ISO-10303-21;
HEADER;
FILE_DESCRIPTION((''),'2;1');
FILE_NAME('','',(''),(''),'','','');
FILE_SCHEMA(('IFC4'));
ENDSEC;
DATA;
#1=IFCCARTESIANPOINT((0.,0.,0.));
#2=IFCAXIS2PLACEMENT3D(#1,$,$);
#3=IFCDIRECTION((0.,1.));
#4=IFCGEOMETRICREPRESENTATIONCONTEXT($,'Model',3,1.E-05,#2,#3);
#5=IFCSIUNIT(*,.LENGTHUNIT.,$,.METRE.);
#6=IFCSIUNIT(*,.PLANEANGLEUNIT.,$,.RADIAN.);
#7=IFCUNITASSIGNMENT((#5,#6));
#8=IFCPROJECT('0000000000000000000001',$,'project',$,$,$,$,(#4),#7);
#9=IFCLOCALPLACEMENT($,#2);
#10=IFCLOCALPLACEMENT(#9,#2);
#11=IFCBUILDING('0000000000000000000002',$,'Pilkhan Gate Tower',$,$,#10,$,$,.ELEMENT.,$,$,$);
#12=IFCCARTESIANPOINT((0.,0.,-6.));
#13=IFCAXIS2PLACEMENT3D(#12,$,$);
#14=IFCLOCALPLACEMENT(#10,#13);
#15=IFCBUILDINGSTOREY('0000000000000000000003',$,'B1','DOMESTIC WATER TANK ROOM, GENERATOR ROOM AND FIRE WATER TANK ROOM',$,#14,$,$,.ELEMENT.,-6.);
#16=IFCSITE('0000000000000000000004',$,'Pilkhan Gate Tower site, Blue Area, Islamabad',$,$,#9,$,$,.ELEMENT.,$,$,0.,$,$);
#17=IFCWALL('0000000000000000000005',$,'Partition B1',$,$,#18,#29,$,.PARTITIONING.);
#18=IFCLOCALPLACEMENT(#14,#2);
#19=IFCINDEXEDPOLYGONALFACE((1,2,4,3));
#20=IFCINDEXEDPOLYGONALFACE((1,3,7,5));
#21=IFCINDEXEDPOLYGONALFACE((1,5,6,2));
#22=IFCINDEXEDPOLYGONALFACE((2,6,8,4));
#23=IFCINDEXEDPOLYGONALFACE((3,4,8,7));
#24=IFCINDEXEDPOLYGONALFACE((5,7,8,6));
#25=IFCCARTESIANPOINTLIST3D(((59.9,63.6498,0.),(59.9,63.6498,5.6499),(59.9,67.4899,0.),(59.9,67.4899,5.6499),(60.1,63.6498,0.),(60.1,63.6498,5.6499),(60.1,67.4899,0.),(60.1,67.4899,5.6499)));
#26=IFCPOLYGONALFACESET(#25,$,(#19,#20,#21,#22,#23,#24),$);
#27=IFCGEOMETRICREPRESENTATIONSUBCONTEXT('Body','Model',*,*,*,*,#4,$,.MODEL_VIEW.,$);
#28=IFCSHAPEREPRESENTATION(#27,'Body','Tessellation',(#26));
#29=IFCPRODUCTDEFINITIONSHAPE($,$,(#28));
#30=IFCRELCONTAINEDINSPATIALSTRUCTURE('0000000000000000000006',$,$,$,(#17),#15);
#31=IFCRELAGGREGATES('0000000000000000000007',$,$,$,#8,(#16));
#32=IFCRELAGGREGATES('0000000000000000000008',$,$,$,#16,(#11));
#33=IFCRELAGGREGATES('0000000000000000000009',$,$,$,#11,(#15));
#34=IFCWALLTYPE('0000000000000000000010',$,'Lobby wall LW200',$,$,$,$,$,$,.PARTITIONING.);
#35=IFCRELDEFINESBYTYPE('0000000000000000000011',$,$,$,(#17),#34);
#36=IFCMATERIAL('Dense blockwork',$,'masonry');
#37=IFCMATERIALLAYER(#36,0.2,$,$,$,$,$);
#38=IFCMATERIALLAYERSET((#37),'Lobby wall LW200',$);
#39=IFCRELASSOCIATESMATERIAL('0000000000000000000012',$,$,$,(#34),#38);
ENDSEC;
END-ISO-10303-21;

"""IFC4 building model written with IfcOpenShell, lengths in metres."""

from ifc_helpers import new_model, si_unit, direction, frame, frame_2d, origin, place, context, subcontext, project, spatial, rectangle, extrude, material, layer, layer_set, type_object, element, save


model = new_model("IFC4")

# Units and contexts
model_context = context("Model", 3, precision=1e-05, world=origin(), true_north=direction((0.0, 1.0)))
body_context = subcontext(model_context, "Body", "Model", "MODEL_VIEW")
ifc_project = project(units=[si_unit("LENGTHUNIT", "METRE"), si_unit("PLANEANGLEUNIT", "RADIAN")], contexts=[model_context])

# Site, building, storey
site_placement = place(None, origin())
site = spatial("IfcSite", under=ifc_project, at=site_placement, Name="Pilkhan Gate Tower site, Blue Area, Islamabad", CompositionType="ELEMENT", RefElevation=0.0)
building_placement = place(site_placement, origin())
building = spatial("IfcBuilding", under=site, at=building_placement, Name="Pilkhan Gate Tower", CompositionType="ELEMENT")
storey_placement = place(building_placement, frame((0.0, 0.0, -6.0)))
storey = spatial("IfcBuildingStorey", under=building, at=storey_placement, Name="B1", Description="DOMESTIC WATER TANK ROOM, GENERATOR ROOM AND FIRE WATER TANK ROOM", CompositionType="ELEMENT", Elevation=-6.0)

# Shared definitions
ifc_material_1 = material(Name="Dense blockwork", Category="masonry")

# Shared definitions
ifc_layer_1 = layer(ifc_material_1, 0.2)
ifc_layer_set_1 = layer_set([ifc_layer_1], Name="Lobby wall LW200")
wall_type_1 = type_object("IfcWallType", Name="Lobby wall LW200", PredefinedType="PARTITIONING", material=ifc_layer_set_1)

# Wall
wall_1_placement = place(storey_placement, frame((60.0, 63.6499, 0.0), z_axis=(0.0, 0.0, 1.0), x_axis=(0.0, 1.0, 0.0)))
element("IfcWall", 1, at=wall_1_placement, inside=storey, type_object=wall_type_1, Name="Partition B1", PredefinedType="PARTITIONING", context=body_context, shape_type="SweptSolid", body=[
    extrude(rectangle(XDim=3.8401, YDim=0.2, at=frame_2d((1.9199, 0.0))), origin(), (0.0, 0.0, 1.0), 5.6499),
])

save(model, "model.ifc")
